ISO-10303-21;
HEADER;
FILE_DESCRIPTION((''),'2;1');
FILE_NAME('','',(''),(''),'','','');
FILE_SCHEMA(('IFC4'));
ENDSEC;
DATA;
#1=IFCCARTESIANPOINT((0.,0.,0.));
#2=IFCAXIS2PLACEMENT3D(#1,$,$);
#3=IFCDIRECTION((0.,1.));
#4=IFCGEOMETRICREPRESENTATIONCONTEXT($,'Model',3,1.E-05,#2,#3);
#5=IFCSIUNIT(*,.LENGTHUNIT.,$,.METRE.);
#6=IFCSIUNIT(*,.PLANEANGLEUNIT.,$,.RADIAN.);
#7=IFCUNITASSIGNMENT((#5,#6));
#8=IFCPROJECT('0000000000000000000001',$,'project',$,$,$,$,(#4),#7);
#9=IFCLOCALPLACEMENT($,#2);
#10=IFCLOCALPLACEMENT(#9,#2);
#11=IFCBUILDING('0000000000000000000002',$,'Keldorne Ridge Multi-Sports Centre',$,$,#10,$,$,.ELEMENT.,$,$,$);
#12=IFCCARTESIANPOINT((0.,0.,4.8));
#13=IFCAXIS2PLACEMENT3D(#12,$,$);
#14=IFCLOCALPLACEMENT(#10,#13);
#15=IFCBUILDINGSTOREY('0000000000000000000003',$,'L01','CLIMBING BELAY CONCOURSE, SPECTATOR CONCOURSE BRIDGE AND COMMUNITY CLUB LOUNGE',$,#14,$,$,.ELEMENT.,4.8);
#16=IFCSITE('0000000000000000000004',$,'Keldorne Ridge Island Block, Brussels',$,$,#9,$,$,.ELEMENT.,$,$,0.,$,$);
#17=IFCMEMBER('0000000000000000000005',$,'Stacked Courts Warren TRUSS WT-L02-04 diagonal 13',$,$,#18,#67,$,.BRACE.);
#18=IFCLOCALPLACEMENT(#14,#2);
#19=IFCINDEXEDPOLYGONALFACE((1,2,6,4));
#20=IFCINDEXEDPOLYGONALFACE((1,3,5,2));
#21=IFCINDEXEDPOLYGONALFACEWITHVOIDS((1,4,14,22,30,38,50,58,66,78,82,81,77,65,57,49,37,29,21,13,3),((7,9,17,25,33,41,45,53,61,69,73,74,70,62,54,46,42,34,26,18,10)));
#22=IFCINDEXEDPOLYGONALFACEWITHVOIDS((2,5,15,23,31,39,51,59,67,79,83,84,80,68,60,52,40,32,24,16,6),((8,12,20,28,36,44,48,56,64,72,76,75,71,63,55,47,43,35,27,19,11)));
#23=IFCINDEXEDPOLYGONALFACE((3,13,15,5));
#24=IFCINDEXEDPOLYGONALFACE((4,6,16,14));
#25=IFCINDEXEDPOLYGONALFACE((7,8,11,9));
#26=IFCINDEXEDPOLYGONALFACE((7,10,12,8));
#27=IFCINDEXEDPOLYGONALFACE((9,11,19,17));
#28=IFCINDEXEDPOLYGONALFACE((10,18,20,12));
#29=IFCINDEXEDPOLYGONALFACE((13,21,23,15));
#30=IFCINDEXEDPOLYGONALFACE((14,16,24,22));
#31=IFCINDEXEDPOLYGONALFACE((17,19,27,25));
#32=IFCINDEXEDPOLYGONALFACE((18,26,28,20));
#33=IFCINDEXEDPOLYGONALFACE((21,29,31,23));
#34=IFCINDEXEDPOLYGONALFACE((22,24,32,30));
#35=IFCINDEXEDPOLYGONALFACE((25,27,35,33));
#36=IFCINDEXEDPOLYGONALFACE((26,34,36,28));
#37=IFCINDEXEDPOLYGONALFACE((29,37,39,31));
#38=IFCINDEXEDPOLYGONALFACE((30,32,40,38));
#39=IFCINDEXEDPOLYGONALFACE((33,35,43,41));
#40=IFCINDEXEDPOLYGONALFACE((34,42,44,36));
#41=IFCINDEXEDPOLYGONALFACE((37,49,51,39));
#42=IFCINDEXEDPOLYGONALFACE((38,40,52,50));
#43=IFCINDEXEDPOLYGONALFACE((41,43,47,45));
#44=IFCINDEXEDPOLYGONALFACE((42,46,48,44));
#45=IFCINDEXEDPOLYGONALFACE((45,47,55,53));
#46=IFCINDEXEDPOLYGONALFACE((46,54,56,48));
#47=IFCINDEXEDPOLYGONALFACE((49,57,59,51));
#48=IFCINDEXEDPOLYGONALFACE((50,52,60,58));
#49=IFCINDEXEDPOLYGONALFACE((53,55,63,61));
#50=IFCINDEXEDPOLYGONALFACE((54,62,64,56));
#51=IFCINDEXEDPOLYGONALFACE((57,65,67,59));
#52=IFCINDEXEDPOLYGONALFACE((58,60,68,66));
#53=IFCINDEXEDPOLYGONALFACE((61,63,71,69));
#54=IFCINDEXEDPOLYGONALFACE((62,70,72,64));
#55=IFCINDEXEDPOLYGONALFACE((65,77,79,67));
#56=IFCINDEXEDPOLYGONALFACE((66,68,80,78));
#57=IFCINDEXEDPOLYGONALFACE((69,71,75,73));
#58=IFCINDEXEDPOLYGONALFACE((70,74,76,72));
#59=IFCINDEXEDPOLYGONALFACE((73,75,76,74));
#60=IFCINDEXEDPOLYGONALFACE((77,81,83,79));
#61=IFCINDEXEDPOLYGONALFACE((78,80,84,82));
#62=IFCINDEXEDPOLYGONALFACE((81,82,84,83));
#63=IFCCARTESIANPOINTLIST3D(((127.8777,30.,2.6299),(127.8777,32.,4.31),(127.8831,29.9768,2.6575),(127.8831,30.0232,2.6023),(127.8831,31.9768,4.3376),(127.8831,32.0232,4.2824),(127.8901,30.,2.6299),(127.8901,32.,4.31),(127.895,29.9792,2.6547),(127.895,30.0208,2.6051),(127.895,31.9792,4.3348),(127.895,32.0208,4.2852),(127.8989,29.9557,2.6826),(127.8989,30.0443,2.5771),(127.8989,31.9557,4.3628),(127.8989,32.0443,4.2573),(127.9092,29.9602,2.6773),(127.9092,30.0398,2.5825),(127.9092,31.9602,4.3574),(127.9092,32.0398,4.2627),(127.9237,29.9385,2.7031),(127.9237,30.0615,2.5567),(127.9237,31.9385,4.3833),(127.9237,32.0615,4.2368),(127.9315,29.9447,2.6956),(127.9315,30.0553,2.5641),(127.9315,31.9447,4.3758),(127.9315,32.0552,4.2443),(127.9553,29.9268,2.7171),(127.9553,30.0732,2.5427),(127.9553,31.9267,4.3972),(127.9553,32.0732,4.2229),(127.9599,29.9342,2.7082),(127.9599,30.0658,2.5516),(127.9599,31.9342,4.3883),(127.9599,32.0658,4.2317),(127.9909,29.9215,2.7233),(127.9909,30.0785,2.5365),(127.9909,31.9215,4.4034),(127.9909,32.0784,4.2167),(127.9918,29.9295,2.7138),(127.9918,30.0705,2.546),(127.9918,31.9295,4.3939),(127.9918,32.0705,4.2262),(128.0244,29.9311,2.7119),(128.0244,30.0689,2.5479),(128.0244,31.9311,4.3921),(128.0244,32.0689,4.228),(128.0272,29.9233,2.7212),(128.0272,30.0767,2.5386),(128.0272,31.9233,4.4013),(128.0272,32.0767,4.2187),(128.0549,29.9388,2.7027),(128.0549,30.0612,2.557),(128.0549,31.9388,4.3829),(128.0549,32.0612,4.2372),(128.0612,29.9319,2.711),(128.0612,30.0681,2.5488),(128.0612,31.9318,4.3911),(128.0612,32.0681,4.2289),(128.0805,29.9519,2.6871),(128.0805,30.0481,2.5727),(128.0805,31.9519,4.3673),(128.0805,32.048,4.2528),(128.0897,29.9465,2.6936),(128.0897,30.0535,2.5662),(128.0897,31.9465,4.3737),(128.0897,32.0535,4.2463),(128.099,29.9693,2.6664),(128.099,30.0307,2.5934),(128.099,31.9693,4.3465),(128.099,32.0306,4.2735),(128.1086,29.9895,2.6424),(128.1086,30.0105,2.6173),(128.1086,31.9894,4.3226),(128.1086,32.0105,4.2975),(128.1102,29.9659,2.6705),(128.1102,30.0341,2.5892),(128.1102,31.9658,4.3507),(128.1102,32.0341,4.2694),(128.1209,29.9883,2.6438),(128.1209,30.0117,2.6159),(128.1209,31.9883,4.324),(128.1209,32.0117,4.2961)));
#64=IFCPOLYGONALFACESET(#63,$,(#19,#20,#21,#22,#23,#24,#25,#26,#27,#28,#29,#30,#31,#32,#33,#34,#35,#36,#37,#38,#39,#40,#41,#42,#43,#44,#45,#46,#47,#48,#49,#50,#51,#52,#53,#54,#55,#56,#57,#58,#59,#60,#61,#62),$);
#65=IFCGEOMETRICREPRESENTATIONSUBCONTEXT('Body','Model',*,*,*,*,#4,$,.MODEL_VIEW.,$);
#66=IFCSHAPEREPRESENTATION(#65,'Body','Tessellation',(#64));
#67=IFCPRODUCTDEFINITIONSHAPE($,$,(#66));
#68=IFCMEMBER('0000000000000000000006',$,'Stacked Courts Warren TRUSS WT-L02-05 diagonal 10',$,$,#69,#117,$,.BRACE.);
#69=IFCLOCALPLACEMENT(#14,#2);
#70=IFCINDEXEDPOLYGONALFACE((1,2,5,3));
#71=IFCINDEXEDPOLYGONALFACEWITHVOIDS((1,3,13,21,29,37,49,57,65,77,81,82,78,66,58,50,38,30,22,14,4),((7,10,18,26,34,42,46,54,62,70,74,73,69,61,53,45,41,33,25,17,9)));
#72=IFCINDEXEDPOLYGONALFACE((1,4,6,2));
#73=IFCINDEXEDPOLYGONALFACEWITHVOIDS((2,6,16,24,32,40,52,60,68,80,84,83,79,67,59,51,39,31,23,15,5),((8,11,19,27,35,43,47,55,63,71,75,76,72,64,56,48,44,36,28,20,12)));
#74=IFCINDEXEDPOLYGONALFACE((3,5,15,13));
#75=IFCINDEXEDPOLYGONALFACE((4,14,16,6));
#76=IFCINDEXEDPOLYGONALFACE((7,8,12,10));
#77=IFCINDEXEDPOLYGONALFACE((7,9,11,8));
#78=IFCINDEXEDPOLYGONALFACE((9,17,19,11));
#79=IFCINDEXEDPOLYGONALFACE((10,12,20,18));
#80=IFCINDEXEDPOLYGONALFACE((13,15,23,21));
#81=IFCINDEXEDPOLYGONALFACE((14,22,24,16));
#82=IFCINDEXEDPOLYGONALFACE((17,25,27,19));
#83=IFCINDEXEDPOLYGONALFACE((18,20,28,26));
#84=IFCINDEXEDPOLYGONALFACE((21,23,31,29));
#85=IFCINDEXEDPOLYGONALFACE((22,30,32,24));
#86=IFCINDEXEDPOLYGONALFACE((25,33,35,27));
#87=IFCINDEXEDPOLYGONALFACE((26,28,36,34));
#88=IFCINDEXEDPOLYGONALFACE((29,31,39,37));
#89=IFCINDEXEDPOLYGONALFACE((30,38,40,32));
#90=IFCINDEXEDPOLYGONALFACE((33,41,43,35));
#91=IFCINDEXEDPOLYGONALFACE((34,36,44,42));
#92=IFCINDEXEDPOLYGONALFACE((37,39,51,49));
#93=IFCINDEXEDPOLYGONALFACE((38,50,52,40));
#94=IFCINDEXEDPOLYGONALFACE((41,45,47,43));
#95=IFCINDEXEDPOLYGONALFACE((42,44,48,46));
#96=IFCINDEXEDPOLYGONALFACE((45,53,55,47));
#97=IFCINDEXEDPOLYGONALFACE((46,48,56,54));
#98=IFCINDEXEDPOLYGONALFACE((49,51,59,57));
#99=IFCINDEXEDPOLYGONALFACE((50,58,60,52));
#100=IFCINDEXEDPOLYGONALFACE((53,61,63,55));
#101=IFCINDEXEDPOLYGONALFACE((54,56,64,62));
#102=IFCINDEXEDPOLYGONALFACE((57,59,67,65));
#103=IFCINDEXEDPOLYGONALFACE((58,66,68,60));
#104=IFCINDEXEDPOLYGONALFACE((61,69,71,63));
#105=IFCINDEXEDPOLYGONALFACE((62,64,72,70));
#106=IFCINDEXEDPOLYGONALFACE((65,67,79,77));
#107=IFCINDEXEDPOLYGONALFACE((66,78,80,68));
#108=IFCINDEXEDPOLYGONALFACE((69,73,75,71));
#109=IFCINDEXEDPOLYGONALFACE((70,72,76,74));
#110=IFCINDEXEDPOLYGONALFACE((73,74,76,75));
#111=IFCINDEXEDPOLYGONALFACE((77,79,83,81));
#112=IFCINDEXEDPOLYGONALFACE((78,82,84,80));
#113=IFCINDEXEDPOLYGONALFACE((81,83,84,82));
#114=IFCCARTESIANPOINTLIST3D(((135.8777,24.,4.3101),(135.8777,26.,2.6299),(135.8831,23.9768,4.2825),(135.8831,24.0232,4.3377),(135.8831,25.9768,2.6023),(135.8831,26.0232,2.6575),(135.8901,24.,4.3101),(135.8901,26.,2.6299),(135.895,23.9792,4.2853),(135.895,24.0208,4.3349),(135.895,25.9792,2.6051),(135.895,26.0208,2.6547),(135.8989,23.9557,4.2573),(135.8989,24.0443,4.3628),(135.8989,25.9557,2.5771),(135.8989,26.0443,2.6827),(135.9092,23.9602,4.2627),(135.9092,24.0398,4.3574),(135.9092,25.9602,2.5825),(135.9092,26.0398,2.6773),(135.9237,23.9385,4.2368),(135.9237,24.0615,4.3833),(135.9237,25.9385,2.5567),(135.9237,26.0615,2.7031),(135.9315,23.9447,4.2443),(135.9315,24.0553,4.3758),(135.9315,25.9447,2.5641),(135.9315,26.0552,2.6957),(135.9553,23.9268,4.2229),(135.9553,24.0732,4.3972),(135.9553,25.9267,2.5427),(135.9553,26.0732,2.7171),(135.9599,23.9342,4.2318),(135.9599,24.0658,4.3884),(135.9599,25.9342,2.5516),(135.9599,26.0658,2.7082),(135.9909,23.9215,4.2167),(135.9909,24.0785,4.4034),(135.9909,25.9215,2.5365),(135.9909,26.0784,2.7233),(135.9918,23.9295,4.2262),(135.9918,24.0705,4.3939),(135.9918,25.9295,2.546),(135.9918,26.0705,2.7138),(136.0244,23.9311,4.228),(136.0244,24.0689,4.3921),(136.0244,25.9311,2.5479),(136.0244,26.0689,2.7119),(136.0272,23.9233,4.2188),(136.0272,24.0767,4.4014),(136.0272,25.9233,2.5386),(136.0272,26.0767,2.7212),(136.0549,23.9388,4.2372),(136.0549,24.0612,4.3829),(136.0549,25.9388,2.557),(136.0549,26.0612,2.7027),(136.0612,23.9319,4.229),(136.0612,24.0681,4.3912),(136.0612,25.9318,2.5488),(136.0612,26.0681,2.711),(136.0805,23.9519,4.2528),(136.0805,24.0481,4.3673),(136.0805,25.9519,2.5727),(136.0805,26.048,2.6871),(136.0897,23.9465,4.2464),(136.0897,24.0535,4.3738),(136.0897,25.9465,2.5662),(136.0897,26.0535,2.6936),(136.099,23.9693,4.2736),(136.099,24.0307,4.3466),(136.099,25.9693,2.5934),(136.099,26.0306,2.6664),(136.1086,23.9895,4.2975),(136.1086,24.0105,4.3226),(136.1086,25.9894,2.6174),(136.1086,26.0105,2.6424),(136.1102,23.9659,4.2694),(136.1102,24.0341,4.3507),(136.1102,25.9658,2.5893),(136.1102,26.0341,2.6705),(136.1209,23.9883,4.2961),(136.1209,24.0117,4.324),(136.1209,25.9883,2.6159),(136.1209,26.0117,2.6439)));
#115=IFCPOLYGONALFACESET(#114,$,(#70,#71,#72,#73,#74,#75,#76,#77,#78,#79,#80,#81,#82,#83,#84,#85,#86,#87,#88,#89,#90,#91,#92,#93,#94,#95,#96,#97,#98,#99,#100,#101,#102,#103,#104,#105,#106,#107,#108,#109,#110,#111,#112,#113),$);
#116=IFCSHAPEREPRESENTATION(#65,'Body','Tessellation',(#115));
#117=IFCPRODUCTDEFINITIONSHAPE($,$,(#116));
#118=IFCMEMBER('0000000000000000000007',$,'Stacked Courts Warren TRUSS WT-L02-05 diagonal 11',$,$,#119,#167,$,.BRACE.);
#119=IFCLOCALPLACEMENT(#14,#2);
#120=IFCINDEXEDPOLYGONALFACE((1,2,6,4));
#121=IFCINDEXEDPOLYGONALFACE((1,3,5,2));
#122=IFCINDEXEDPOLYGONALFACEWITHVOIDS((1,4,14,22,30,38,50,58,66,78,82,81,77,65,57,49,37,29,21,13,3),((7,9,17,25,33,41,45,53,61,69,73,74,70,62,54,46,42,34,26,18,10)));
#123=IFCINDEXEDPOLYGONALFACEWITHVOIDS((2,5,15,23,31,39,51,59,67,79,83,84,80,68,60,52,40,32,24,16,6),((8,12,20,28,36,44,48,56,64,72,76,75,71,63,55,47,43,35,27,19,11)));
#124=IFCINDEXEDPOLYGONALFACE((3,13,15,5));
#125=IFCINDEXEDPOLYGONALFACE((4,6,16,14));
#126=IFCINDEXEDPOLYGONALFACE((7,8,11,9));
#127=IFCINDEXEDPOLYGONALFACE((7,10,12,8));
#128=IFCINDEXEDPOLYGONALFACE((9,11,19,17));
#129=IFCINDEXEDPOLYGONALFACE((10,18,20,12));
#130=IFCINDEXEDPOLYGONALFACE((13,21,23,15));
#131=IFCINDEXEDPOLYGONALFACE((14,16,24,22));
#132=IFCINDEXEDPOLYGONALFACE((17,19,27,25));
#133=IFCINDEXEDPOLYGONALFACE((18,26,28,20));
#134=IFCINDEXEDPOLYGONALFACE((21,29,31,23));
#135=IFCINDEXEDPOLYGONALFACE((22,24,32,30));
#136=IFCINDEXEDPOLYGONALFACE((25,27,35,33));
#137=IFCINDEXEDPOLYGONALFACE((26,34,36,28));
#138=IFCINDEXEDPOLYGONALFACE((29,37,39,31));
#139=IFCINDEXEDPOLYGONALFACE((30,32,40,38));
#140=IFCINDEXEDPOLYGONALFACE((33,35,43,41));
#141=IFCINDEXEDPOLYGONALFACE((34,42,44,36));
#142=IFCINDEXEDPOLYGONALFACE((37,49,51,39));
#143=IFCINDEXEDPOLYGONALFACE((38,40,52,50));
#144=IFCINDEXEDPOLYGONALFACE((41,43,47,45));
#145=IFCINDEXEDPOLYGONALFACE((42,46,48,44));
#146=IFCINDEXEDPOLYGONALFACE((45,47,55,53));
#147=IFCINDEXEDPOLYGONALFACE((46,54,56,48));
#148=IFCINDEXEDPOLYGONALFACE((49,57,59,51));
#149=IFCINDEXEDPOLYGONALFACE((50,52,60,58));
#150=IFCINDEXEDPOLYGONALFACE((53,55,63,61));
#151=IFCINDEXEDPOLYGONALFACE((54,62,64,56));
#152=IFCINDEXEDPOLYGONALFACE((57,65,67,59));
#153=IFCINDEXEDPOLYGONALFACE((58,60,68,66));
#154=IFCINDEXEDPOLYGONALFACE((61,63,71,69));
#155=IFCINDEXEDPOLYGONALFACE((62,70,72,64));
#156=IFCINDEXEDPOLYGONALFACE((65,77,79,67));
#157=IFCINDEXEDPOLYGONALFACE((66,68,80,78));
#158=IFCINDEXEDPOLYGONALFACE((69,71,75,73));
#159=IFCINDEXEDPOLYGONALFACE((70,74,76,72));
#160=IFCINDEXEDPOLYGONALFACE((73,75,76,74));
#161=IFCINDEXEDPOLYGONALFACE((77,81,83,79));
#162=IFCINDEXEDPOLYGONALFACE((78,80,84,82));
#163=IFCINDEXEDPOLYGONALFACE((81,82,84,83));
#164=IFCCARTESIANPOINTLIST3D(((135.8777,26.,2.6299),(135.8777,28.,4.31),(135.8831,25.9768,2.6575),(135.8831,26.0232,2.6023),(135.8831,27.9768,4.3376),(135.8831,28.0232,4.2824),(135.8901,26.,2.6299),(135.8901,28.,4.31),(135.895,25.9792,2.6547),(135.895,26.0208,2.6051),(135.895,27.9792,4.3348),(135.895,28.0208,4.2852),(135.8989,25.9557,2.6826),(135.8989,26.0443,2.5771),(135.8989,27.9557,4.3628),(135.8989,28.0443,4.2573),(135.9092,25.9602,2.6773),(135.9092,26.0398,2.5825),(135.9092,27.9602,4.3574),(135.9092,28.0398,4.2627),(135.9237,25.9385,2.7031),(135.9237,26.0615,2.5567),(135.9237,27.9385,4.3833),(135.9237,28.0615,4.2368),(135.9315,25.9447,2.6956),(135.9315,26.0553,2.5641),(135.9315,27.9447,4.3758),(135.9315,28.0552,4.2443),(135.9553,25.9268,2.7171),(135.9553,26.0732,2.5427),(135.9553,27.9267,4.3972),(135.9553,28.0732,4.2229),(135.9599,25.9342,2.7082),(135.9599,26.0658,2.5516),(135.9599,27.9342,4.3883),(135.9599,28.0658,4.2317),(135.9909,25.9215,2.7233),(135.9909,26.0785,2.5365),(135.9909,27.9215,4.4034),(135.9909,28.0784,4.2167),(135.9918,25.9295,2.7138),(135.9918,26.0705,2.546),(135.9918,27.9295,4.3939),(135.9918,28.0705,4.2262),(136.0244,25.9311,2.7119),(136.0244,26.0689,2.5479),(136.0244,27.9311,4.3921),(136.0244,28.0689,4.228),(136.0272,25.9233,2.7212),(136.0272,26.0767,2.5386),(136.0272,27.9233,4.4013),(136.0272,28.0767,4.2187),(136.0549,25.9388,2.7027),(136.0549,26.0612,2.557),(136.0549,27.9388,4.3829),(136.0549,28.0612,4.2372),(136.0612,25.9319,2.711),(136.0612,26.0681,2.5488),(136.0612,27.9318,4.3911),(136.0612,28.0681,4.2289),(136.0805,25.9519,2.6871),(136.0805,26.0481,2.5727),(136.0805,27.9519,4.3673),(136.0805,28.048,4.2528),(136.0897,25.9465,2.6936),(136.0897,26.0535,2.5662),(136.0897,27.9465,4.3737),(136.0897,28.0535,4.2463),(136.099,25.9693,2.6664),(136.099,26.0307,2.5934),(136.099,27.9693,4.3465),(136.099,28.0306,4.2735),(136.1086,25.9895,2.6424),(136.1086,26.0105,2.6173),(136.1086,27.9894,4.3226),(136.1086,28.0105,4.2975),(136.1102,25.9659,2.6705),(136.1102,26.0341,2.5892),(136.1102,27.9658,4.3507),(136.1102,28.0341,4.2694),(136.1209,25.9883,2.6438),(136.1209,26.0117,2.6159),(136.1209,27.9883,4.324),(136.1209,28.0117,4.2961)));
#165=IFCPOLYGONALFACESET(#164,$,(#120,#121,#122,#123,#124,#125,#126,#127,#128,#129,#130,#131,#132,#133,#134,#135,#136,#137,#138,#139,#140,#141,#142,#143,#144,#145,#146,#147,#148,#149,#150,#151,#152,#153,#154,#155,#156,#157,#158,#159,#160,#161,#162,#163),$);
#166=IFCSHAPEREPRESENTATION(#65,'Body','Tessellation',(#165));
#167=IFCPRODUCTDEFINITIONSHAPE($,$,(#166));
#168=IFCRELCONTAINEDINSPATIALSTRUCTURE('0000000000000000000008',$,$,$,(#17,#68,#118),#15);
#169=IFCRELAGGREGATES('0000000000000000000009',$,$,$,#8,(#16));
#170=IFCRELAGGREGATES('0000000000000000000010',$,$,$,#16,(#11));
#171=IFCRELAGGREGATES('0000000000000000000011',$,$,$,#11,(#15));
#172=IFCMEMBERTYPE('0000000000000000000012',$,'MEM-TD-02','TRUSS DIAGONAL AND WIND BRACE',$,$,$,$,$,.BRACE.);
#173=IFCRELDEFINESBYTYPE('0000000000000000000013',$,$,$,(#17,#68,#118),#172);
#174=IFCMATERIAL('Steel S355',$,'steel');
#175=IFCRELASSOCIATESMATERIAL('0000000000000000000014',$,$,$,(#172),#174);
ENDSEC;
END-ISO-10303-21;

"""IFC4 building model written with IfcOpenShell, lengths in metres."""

from ifc_helpers import new_model, si_unit, direction, frame, origin, origin_2d, place, context, subcontext, project, spatial, hollow_circle, extrude, material, material_profile, profile_set, type_object, element, save


model = new_model("IFC4")

# Units and contexts
model_context = context("Model", 3, precision=1e-05, world=origin(), true_north=direction((0.0, 1.0)))
body_context = subcontext(model_context, "Body", "Model", "MODEL_VIEW")
ifc_project = project(units=[si_unit("LENGTHUNIT", "METRE"), si_unit("PLANEANGLEUNIT", "RADIAN")], contexts=[model_context])

# Site, building, storey
site_placement = place(None, origin())
site = spatial("IfcSite", under=ifc_project, at=site_placement, Name="Keldorne Ridge Island Block, Brussels", CompositionType="ELEMENT", RefElevation=0.0)
building_placement = place(site_placement, origin())
building = spatial("IfcBuilding", under=site, at=building_placement, Name="Keldorne Ridge Multi-Sports Centre", CompositionType="ELEMENT")
storey_placement = place(building_placement, frame((0.0, 0.0, 4.8)))
storey = spatial("IfcBuildingStorey", under=building, at=storey_placement, Name="L01", Description="CLIMBING BELAY CONCOURSE, SPECTATOR CONCOURSE BRIDGE AND COMMUNITY CLUB LOUNGE", CompositionType="ELEMENT", Elevation=4.8)

# Members
ifc_material = material(Name="Steel S355", Category="steel")
ifc_material_profile_1 = material_profile(ifc_material, hollow_circle(Radius=0.1223, WallThickness=0.0125, at=origin_2d()), Name="CHS 244.5x12.5")
ifc_profile_set_1 = profile_set([ifc_material_profile_1], Name="Steel S355")
member_type_1 = type_object("IfcMemberType", Name="MEM-TD-02", Description="TRUSS DIAGONAL AND WIND BRACE", PredefinedType="BRACE", material=ifc_profile_set_1)
for number, where, z_axis, x_axis, name in (
    (1, (128.0, 30.0, 2.6299), (0.0, 0.765672, 0.643232), (-1.0, 0.0, 0.0), "Stacked Courts Warren TRUSS WT-L02-04 diagonal 13"),
    (2, (136.0, 24.0, 4.3101), (0.0, 0.765672, -0.643232), (-1.0, 0.0, 0.0), "Stacked Courts Warren TRUSS WT-L02-05 diagonal 10"),
    (3, (136.0, 26.0, 2.6299), (0.0, 0.765672, 0.643232), (-1.0, 0.0, 0.0), "Stacked Courts Warren TRUSS WT-L02-05 diagonal 11"),
):
    element("IfcMember", number, at=place(storey_placement, frame(where, z_axis=z_axis, x_axis=x_axis)), inside=storey, type_object=member_type_1, Name=name, PredefinedType="BRACE", context=body_context, shape_type="SweptSolid", body=[
        extrude(hollow_circle(Radius=0.1223, WallThickness=0.0125, at=origin_2d()), origin(), (0.0, 0.0, 1.0), 2.6121),
    ])

save(model, "model.ifc")
